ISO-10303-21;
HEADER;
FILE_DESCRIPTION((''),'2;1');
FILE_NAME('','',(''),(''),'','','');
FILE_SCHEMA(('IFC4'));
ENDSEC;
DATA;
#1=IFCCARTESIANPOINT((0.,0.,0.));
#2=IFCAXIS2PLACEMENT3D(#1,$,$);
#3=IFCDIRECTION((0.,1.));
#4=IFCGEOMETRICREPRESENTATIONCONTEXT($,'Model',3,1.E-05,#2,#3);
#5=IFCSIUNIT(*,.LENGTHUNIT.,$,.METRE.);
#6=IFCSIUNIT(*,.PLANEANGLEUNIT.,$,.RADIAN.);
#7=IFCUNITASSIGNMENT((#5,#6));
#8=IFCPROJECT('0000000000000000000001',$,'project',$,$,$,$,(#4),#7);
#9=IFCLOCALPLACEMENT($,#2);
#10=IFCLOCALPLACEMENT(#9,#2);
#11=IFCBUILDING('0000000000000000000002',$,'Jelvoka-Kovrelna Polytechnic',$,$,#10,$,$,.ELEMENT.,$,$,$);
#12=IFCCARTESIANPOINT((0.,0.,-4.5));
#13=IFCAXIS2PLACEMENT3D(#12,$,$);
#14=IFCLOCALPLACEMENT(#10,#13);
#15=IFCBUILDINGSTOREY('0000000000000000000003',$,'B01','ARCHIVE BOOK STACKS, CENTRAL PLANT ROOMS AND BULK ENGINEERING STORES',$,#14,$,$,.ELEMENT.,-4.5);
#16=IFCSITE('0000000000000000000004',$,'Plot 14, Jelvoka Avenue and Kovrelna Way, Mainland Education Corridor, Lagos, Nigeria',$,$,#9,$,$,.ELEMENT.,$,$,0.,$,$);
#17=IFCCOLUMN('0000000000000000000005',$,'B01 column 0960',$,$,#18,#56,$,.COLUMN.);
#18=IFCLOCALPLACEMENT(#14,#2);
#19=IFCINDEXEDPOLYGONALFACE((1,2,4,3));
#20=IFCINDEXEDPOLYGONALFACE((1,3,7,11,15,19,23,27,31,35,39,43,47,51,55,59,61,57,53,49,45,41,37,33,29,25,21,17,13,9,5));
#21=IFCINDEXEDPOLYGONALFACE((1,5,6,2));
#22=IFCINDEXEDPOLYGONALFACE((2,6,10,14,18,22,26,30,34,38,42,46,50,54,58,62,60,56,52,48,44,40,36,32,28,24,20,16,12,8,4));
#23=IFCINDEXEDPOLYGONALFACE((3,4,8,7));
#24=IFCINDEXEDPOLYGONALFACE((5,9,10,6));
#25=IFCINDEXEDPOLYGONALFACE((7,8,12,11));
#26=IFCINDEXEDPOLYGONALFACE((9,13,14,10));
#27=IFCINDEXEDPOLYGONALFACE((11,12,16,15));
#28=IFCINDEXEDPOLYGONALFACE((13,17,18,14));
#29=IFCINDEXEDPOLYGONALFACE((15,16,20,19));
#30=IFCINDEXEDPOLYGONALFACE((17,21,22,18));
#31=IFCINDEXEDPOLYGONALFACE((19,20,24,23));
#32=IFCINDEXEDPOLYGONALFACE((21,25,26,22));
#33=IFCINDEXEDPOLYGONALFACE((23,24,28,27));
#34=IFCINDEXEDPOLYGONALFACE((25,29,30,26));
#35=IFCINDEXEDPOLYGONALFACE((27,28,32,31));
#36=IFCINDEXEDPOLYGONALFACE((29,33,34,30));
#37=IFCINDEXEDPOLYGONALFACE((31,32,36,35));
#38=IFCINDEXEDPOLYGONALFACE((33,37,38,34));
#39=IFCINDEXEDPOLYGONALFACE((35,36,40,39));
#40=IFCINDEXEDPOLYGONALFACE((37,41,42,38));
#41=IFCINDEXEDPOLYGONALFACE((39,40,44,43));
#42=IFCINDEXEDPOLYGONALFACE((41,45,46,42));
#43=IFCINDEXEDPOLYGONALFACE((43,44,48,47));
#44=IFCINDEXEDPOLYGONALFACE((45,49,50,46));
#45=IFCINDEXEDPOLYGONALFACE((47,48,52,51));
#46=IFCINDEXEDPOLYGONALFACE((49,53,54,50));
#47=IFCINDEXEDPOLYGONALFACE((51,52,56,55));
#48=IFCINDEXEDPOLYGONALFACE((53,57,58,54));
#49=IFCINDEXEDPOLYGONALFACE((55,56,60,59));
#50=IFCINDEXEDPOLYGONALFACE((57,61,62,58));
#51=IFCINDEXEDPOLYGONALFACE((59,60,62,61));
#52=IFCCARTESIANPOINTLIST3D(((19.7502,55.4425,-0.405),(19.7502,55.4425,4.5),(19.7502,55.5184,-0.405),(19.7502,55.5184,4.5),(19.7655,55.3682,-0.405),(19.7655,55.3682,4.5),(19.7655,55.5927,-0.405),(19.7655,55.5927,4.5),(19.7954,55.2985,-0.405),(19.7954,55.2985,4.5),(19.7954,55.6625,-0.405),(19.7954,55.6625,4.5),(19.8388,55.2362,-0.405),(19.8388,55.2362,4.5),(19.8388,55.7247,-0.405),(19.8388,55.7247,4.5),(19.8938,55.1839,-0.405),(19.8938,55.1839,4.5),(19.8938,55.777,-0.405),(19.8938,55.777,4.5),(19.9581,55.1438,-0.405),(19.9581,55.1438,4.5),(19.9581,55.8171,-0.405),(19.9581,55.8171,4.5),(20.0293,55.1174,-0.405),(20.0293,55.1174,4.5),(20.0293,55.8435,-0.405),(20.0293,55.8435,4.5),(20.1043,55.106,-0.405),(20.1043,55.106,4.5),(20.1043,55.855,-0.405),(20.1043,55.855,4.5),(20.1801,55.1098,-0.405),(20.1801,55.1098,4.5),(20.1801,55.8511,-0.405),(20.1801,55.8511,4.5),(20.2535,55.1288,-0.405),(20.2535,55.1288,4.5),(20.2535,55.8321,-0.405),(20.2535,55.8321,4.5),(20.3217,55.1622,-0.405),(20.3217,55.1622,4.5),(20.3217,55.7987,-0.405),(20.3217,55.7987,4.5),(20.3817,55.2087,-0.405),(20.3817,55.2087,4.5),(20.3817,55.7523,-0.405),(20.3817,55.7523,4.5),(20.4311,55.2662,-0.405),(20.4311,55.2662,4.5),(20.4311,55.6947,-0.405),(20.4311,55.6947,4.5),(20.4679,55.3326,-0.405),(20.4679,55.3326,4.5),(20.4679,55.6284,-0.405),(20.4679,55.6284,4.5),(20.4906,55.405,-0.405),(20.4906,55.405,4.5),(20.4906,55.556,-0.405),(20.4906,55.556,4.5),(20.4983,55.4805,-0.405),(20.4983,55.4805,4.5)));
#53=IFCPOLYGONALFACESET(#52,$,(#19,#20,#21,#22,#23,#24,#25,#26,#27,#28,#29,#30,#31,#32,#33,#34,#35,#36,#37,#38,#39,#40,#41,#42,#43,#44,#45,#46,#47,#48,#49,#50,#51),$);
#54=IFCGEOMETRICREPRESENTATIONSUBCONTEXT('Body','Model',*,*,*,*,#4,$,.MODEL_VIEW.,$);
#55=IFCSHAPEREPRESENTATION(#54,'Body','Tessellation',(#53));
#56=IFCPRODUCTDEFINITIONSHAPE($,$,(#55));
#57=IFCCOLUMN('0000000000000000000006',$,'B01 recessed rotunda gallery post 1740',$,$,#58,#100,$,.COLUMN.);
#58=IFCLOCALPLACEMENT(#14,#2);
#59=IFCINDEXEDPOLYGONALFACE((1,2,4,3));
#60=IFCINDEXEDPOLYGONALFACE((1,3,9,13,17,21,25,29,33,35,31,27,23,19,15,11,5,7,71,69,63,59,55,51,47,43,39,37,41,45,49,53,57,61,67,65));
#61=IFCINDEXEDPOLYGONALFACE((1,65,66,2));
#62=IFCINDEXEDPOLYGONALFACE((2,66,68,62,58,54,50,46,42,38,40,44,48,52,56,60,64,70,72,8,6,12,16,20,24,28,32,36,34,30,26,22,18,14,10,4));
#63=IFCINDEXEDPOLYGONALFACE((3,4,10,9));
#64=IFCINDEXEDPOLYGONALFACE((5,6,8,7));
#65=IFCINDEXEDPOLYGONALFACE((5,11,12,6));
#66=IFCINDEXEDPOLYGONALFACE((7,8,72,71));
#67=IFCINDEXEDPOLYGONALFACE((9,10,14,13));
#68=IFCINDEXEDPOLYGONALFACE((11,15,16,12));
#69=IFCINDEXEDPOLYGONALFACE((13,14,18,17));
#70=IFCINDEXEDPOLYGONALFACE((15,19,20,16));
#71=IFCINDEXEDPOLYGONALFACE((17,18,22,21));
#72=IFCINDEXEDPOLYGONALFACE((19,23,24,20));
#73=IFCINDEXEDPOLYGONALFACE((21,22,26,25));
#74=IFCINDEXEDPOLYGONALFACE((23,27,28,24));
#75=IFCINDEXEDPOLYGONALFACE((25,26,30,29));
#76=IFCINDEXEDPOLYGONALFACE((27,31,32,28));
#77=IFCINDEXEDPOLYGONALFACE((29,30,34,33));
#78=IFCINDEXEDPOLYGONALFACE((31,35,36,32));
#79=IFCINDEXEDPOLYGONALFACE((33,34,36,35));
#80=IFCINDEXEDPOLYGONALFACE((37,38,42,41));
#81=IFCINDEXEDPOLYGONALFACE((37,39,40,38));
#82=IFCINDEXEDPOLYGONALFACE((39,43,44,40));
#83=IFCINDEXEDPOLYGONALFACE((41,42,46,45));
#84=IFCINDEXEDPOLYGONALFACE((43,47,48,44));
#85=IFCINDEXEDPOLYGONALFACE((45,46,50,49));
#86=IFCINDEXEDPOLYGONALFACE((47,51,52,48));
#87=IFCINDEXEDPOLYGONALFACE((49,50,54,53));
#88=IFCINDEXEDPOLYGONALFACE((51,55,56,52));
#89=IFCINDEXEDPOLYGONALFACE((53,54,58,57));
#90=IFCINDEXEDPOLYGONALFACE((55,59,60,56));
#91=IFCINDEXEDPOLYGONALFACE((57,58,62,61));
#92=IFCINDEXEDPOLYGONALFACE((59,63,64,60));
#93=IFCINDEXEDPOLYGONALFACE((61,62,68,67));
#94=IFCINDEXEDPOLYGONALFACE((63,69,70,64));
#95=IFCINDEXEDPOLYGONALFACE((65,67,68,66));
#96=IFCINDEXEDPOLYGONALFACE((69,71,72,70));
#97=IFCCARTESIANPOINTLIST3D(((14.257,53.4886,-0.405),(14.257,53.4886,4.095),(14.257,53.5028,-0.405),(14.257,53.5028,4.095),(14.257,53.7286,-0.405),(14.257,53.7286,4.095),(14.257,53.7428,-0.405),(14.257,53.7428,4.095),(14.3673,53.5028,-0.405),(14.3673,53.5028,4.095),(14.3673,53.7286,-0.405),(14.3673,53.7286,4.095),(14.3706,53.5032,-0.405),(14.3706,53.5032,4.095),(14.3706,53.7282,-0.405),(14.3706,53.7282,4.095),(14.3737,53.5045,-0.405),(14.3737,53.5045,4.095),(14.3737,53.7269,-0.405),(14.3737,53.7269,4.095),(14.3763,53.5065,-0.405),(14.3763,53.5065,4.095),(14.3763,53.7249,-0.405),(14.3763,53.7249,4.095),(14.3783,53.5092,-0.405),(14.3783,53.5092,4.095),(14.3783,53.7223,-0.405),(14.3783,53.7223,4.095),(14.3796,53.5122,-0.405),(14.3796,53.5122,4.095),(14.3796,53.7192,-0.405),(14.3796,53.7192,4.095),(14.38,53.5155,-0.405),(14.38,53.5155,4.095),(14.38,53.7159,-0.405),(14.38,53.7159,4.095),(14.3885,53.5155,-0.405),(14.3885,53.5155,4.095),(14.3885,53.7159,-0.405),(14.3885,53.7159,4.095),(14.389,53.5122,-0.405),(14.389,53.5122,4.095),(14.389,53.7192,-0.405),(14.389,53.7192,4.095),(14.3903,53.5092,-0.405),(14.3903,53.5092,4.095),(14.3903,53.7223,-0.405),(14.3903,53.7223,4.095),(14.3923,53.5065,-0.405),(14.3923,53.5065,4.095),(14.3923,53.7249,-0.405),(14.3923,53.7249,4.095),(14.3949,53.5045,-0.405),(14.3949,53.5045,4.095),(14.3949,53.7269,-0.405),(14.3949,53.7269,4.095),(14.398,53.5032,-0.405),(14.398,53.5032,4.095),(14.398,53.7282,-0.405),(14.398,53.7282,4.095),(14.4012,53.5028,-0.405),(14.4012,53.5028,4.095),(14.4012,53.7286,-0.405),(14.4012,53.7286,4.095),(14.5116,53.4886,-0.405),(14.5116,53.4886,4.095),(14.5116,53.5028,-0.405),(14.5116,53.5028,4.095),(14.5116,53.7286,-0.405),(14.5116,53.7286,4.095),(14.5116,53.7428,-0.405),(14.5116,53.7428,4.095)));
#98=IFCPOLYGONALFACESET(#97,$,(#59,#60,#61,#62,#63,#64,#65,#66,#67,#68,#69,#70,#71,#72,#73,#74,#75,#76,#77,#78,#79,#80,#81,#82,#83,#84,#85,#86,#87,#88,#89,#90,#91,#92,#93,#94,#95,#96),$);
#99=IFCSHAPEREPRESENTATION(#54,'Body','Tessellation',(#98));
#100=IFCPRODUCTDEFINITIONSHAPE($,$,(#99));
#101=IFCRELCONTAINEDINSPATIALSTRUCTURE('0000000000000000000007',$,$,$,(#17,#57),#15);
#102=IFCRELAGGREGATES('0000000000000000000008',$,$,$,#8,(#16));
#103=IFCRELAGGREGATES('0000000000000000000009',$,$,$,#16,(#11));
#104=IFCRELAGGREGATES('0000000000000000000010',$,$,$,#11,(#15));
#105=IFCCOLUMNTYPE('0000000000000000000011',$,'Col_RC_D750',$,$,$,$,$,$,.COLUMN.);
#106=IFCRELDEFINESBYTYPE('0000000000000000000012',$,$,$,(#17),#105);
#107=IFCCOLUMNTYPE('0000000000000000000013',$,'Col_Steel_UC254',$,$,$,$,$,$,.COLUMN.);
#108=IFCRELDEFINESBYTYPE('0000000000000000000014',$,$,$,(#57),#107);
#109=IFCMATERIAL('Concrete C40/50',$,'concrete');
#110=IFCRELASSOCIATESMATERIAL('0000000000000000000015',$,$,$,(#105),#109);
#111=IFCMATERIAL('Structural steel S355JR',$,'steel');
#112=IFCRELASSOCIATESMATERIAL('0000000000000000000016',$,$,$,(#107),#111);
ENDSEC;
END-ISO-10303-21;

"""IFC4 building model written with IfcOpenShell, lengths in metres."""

from ifc_helpers import new_model, si_unit, direction, frame, origin, origin_2d, place, context, subcontext, project, spatial, circle, i_section, extrude, material, material_profile, profile_set, type_object, element, save


model = new_model("IFC4")

# Units and contexts
model_context = context("Model", 3, precision=1e-05, world=origin(), true_north=direction((0.0, 1.0)))
body_context = subcontext(model_context, "Body", "Model", "MODEL_VIEW")
ifc_project = project(units=[si_unit("LENGTHUNIT", "METRE"), si_unit("PLANEANGLEUNIT", "RADIAN")], contexts=[model_context])

# Site, building, storey
site_placement = place(None, origin())
site = spatial("IfcSite", under=ifc_project, at=site_placement, Name="Plot 14, Jelvoka Avenue and Kovrelna Way, Mainland Education Corridor, Lagos, Nigeria", CompositionType="ELEMENT", RefElevation=0.0)
building_placement = place(site_placement, origin())
building = spatial("IfcBuilding", under=site, at=building_placement, Name="Jelvoka-Kovrelna Polytechnic", CompositionType="ELEMENT")
storey_placement = place(building_placement, frame((0.0, 0.0, -4.5)))
storey = spatial("IfcBuildingStorey", under=building, at=storey_placement, Name="B01", Description="ARCHIVE BOOK STACKS, CENTRAL PLANT ROOMS AND BULK ENGINEERING STORES", CompositionType="ELEMENT", Elevation=-4.5)

# Columns
ifc_material_1 = material(Name="Concrete C40/50", Category="concrete")
ifc_material_profile_1 = material_profile(ifc_material_1, circle(Radius=0.375, at=origin_2d()), Name="RC D750")
ifc_profile_set_1 = profile_set([ifc_material_profile_1], Name="Concrete C40/50")
column_type_1 = type_object("IfcColumnType", Name="Col_RC_D750", PredefinedType="COLUMN", material=ifc_profile_set_1)
for number, where, z_axis, x_axis, name in (
    (1, (20.1233, 55.4805, -0.405), (0.0, 0.0, 1.0), (1.0, 0.0, 0.0), "B01 column 0960"),
):
    element("IfcColumn", number, at=place(storey_placement, frame(where, z_axis=z_axis, x_axis=x_axis)), inside=storey, type_object=column_type_1, Name=name, PredefinedType="COLUMN", context=body_context, shape_type="SweptSolid", body=[
        extrude(circle(Radius=0.375, at=origin_2d()), origin(), (0.0, 0.0, 1.0), 4.905),
    ])
ifc_material_2 = material(Name="Structural steel S355JR", Category="steel")
ifc_material_profile_2 = material_profile(ifc_material_2, i_section(OverallWidth=0.2546, OverallDepth=0.2542, WebThickness=0.0085, FlangeThickness=0.0142, FilletRadius=0.0127, at=origin_2d()), Name="254x254x73 UC")
ifc_profile_set_2 = profile_set([ifc_material_profile_2], Name="Structural steel S355JR")
column_type_2 = type_object("IfcColumnType", Name="Col_Steel_UC254", PredefinedType="COLUMN", material=ifc_profile_set_2)
column_placement = place(storey_placement, frame((14.3843, 53.6157, -0.405), z_axis=(0.0, 0.0, 1.0), x_axis=(1.0, 0.0, 0.0)))
element("IfcColumn", 2, at=column_placement, inside=storey, type_object=column_type_2, Name="B01 recessed rotunda gallery post 1740", PredefinedType="COLUMN", context=body_context, shape_type="SweptSolid", body=[
    extrude(i_section(OverallWidth=0.2546, OverallDepth=0.2542, WebThickness=0.0085, FlangeThickness=0.0142, FilletRadius=0.0127, at=origin_2d()), origin(), (0.0, 0.0, 1.0), 4.5),
])

save(model, "model.ifc")
